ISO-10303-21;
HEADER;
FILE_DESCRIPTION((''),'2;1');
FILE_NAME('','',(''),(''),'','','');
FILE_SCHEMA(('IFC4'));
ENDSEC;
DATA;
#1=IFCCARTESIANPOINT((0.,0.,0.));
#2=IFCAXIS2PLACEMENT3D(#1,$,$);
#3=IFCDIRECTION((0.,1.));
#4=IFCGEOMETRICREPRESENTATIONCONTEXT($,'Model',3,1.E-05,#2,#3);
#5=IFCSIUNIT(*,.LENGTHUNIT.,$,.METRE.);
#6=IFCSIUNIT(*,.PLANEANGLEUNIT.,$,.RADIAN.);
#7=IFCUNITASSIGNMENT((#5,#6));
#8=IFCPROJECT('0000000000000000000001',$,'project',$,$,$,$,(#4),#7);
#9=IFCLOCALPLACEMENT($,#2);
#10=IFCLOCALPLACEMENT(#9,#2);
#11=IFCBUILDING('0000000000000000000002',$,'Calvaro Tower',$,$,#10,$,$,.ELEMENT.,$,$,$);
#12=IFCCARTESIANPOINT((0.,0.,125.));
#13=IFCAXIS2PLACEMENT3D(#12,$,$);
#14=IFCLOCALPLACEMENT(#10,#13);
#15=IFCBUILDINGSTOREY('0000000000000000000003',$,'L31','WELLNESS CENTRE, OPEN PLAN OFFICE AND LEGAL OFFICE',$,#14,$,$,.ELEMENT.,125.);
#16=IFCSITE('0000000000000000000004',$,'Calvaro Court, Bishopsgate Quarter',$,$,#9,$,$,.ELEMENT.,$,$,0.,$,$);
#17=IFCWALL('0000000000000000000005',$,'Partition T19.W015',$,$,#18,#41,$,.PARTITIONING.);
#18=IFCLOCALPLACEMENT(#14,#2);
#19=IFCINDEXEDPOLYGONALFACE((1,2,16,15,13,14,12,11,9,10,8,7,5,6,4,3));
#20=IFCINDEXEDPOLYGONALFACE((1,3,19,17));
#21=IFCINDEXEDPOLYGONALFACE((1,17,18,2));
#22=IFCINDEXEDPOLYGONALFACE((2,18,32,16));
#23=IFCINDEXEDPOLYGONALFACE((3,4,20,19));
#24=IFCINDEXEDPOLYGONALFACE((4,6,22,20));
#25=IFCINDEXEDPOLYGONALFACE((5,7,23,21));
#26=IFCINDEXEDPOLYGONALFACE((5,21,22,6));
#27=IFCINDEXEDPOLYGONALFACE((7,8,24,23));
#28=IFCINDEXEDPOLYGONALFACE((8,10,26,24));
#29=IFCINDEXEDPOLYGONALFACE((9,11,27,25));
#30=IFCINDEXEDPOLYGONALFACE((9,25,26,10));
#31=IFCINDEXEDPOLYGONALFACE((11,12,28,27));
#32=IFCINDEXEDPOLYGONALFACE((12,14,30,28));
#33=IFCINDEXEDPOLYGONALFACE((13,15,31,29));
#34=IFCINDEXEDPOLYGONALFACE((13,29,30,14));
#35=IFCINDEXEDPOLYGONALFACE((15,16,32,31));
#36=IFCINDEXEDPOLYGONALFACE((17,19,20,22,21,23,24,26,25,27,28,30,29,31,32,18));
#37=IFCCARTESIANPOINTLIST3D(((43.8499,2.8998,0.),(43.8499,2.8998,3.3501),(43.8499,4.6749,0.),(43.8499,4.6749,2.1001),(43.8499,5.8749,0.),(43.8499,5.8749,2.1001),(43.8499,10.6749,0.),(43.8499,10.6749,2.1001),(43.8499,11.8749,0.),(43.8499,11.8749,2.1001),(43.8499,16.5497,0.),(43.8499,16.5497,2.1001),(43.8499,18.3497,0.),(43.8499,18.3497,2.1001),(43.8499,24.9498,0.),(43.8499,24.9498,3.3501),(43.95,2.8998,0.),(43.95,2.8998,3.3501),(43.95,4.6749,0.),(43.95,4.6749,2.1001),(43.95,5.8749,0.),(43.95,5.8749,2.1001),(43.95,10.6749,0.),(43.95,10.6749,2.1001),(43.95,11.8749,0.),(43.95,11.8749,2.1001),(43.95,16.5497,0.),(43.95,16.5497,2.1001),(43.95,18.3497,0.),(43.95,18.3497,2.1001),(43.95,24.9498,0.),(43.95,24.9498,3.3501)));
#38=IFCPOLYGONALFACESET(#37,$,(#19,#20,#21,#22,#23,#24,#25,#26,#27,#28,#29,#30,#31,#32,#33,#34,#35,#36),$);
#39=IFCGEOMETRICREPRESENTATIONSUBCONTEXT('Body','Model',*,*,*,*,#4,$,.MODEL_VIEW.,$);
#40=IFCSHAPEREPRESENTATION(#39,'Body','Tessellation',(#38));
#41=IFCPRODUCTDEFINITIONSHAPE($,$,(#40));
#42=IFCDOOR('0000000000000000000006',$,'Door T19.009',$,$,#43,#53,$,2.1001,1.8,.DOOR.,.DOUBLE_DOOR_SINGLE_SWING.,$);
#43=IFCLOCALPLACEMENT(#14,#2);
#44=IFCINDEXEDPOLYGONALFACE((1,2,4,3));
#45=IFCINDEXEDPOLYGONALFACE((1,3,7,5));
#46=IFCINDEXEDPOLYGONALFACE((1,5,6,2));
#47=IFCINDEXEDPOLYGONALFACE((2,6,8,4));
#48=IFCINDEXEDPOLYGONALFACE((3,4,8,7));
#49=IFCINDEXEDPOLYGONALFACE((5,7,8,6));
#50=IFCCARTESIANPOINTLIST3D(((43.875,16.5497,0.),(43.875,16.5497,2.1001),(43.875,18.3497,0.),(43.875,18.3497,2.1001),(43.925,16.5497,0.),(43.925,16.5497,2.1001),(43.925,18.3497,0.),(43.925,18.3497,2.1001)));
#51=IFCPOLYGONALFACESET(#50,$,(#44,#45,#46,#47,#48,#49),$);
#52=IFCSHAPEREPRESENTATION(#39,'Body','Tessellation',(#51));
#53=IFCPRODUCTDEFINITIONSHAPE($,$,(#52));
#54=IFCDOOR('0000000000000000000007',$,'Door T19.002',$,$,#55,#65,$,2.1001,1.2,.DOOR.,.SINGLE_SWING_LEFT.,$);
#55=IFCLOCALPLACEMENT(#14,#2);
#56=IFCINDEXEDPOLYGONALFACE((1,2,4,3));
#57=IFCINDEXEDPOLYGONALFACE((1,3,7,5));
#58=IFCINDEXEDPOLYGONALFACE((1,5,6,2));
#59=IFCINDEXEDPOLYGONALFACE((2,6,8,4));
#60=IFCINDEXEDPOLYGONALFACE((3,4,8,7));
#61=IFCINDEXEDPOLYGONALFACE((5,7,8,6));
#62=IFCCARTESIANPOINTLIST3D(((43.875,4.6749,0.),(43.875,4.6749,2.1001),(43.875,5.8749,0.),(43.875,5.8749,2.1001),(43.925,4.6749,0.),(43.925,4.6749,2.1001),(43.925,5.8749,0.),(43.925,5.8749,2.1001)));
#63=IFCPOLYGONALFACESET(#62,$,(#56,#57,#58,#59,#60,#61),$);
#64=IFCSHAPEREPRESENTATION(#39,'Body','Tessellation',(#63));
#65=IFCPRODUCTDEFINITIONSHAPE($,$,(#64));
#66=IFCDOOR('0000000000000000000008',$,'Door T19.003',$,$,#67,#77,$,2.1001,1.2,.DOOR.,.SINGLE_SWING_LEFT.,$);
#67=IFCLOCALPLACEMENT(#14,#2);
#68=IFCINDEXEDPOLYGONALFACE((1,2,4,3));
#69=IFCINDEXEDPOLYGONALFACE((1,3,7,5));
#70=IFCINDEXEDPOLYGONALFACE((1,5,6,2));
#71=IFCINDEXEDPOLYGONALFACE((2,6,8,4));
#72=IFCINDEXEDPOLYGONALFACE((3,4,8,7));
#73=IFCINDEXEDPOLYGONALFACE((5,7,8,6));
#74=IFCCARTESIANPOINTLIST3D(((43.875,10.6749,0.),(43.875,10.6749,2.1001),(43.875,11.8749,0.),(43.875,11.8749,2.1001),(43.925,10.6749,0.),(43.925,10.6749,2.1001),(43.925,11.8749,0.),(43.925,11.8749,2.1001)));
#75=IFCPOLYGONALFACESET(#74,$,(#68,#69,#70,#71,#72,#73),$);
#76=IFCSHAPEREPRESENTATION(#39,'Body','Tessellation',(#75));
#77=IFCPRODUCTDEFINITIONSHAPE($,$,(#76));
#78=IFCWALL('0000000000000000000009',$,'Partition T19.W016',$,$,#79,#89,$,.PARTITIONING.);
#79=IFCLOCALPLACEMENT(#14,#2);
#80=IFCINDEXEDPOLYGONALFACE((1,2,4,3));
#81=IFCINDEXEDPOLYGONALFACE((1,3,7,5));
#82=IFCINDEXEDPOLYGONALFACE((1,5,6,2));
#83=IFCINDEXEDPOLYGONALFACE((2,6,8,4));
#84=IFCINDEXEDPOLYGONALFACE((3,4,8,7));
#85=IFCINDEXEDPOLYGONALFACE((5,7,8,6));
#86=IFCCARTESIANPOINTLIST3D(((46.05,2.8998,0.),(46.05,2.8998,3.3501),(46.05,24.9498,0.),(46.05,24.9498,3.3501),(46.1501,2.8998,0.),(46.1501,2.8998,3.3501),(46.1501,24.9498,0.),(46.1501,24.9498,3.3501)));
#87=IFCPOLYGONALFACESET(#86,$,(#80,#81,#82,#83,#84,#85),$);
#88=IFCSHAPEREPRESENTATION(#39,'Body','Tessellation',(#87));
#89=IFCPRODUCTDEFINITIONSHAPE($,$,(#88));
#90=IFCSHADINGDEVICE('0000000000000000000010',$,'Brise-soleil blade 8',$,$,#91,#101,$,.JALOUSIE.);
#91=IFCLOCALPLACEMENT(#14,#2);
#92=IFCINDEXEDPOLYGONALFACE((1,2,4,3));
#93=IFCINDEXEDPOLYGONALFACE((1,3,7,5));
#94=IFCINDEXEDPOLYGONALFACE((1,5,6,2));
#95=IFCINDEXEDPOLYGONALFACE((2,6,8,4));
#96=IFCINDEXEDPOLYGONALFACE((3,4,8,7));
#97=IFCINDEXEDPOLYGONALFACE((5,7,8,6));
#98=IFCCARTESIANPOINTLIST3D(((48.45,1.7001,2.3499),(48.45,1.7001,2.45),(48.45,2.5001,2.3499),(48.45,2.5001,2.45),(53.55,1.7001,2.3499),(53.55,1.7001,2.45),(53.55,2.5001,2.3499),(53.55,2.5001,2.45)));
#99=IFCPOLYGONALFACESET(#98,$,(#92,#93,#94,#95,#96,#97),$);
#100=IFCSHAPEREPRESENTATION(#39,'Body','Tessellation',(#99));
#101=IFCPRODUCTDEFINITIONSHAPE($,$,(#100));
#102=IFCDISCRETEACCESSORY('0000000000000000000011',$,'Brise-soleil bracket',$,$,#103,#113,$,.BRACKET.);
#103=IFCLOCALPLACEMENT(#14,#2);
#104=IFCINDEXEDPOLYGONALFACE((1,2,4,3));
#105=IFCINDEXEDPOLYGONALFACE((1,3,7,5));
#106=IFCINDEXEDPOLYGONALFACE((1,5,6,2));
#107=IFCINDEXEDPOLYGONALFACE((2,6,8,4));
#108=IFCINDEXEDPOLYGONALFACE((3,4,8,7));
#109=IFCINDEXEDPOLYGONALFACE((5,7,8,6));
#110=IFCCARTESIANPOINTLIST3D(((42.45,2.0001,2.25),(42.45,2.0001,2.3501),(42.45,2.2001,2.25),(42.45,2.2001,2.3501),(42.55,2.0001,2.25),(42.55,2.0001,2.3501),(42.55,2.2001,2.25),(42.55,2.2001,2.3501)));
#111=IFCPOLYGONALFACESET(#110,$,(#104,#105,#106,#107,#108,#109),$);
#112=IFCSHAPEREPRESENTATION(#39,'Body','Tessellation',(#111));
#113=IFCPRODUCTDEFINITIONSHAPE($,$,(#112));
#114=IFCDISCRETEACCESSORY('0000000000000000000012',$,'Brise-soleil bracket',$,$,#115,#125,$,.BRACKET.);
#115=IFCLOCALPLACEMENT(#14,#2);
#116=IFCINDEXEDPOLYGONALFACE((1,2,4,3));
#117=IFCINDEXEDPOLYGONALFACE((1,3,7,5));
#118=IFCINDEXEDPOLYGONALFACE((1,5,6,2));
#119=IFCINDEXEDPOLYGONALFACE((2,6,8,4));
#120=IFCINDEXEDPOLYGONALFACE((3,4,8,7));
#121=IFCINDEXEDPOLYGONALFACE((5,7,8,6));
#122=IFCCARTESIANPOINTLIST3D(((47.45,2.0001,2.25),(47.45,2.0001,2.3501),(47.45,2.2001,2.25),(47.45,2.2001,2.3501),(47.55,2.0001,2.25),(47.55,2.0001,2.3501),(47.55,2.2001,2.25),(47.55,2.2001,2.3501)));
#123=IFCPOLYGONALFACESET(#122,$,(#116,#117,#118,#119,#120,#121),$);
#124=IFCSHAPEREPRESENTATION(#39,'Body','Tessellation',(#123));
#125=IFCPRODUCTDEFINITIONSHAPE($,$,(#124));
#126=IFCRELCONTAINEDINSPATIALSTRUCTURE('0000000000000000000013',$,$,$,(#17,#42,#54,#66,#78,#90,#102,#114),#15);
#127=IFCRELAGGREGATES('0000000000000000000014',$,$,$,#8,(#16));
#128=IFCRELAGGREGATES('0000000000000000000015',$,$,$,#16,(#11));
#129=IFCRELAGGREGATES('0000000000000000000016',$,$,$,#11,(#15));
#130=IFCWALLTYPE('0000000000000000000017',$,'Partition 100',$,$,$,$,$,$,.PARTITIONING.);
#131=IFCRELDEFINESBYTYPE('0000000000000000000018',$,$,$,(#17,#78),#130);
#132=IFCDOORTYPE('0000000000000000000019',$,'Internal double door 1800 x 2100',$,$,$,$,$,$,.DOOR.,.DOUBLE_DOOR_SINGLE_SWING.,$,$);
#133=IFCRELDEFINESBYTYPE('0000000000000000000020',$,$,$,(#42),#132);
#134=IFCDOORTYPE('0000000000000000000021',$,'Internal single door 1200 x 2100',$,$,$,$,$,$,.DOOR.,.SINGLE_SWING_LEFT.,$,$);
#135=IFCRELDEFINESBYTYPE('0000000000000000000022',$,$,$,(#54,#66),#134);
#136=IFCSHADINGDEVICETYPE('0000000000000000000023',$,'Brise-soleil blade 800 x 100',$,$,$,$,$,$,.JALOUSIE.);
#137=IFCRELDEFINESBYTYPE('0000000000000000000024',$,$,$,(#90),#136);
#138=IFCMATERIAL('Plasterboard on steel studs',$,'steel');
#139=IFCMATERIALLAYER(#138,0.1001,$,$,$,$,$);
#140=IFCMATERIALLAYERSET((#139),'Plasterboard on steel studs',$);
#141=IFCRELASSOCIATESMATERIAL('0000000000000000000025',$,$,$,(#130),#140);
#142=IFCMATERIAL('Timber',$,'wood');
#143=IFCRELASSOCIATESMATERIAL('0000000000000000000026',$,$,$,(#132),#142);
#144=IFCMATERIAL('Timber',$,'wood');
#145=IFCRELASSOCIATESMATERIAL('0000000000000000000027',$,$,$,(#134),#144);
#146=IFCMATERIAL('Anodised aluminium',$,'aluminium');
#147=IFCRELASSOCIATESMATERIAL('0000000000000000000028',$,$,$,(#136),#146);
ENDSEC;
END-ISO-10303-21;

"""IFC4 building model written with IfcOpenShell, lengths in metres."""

from ifc_helpers import new_model, si_unit, direction, frame, frame_2d, origin, origin_2d, place, context, subcontext, project, spatial, rectangle, extrude, material, layer, layer_set, material_profile, profile_set, type_object, element, fill, save


model = new_model("IFC4")

# Units and contexts
model_context = context("Model", 3, precision=1e-05, world=origin(), true_north=direction((0.0, 1.0)))
body_context = subcontext(model_context, "Body", "Model", "MODEL_VIEW")
ifc_project = project(units=[si_unit("LENGTHUNIT", "METRE"), si_unit("PLANEANGLEUNIT", "RADIAN")], contexts=[model_context])

# Site, building, storey
site_placement = place(None, origin())
site = spatial("IfcSite", under=ifc_project, at=site_placement, Name="Calvaro Court, Bishopsgate Quarter", CompositionType="ELEMENT", RefElevation=0.0)
building_placement = place(site_placement, origin())
building = spatial("IfcBuilding", under=site, at=building_placement, Name="Calvaro Tower", CompositionType="ELEMENT")
storey_placement = place(building_placement, frame((0.0, 0.0, 125.0)))
storey = spatial("IfcBuildingStorey", under=building, at=storey_placement, Name="L31", Description="WELLNESS CENTRE, OPEN PLAN OFFICE AND LEGAL OFFICE", CompositionType="ELEMENT", Elevation=125.0)

# Wall, openings, doors
ifc_material_1 = material(Name="Plasterboard on steel studs", Category="steel")
ifc_layer_1 = layer(ifc_material_1, 0.1001)
ifc_layer_set_1 = layer_set([ifc_layer_1], Name="Plasterboard on steel studs")
wall_type = type_object("IfcWallType", Name="Partition 100", PredefinedType="PARTITIONING", material=ifc_layer_set_1)
wall_1_placement = place(storey_placement, frame((43.8999, 2.8999, 0.0), z_axis=(0.0, 0.0, 1.0), x_axis=(0.0, 1.0, 0.0)))
wall_1 = element("IfcWall", 1, at=wall_1_placement, inside=storey, type_object=wall_type, Name="Partition T19.W015", PredefinedType="PARTITIONING", context=body_context, shape_type="SweptSolid", body=[
    extrude(rectangle(XDim=22.05, YDim=0.1001, at=frame_2d((11.0249, 0.0))), origin(), (0.0, 0.0, 1.0), 3.3501),
])
opening_1_placement = place(wall_1_placement, frame((1.7749, 0.0, 0.0)))
opening_1 = element("IfcOpeningElement", 2, at=opening_1_placement, cuts=wall_1, PredefinedType="OPENING", context=body_context, shape_type="SweptSolid", body=[
    extrude(rectangle(XDim=1.2, YDim=2.1001, at=frame_2d((0.6001, 1.05))), frame((0.0, 0.0601, 0.0), z_axis=(0.0, -1.0, 0.0), x_axis=(1.0, 0.0, 0.0)), (0.0, 0.0, 1.0), 0.1201),
])
opening_2_placement = place(wall_1_placement, frame((7.7749, 0.0, 0.0)))
opening_2 = element("IfcOpeningElement", 3, at=opening_2_placement, cuts=wall_1, PredefinedType="OPENING", context=body_context, shape_type="SweptSolid", body=[
    extrude(rectangle(XDim=1.2, YDim=2.1001, at=frame_2d((0.6001, 1.05))), frame((0.0, 0.0601, 0.0), z_axis=(0.0, -1.0, 0.0), x_axis=(1.0, 0.0, 0.0)), (0.0, 0.0, 1.0), 0.1201),
])
opening_3_placement = place(wall_1_placement, frame((13.6499, 0.0, 0.0)))
opening_3 = element("IfcOpeningElement", 4, at=opening_3_placement, cuts=wall_1, PredefinedType="OPENING", context=body_context, shape_type="SweptSolid", body=[
    extrude(rectangle(XDim=1.8, YDim=2.1001, at=frame_2d((0.8999, 1.05))), frame((0.0, 0.0601, 0.0), z_axis=(0.0, -1.0, 0.0), x_axis=(1.0, 0.0, 0.0)), (0.0, 0.0, 1.0), 0.1201),
])
ifc_material_2 = material(Name="Timber", Category="wood")
door_type_1 = type_object("IfcDoorType", Name="Internal double door 1800 x 2100", OperationType="DOUBLE_DOOR_SINGLE_SWING", PredefinedType="DOOR", material=ifc_material_2)
door_1_placement = place(opening_3_placement, origin())
door_1 = element("IfcDoor", 5, at=door_1_placement, inside=storey, type_object=door_type_1, Name="Door T19.009", OperationType="DOUBLE_DOOR_SINGLE_SWING", OverallHeight=2.1001, OverallWidth=1.8, PredefinedType="DOOR", context=body_context, shape_type="SweptSolid", body=[
    extrude(rectangle(XDim=1.8, YDim=2.1001, at=frame_2d((0.8999, 1.05))), frame((0.0, 0.0249, 0.0), z_axis=(0.0, -1.0, 0.0), x_axis=(1.0, 0.0, 0.0)), (0.0, 0.0, 1.0), 0.05),
])
fill(opening_3, door_1)
ifc_material_3 = material(Name="Timber", Category="wood")
door_type_2 = type_object("IfcDoorType", Name="Internal single door 1200 x 2100", OperationType="SINGLE_SWING_LEFT", PredefinedType="DOOR", material=ifc_material_3)
door_2_placement = place(opening_1_placement, origin())
door_2 = element("IfcDoor", 6, at=door_2_placement, inside=storey, type_object=door_type_2, Name="Door T19.002", OperationType="SINGLE_SWING_LEFT", OverallHeight=2.1001, OverallWidth=1.2, PredefinedType="DOOR", context=body_context, shape_type="SweptSolid", body=[
    extrude(rectangle(XDim=1.2, YDim=2.1001, at=frame_2d((0.6001, 1.05))), frame((0.0, 0.0249, 0.0), z_axis=(0.0, -1.0, 0.0), x_axis=(1.0, 0.0, 0.0)), (0.0, 0.0, 1.0), 0.05),
])
fill(opening_1, door_2)
door_3_placement = place(opening_2_placement, origin())
door_3 = element("IfcDoor", 7, at=door_3_placement, inside=storey, type_object=door_type_2, Name="Door T19.003", OperationType="SINGLE_SWING_LEFT", OverallHeight=2.1001, OverallWidth=1.2, PredefinedType="DOOR", context=body_context, shape_type="SweptSolid", body=[
    extrude(rectangle(XDim=1.2, YDim=2.1001, at=frame_2d((0.6001, 1.05))), frame((0.0, 0.0249, 0.0), z_axis=(0.0, -1.0, 0.0), x_axis=(1.0, 0.0, 0.0)), (0.0, 0.0, 1.0), 0.05),
])
fill(opening_2, door_3)

# Wall
wall_2_placement = place(storey_placement, frame((46.1001, 2.8999, 0.0), z_axis=(0.0, 0.0, 1.0), x_axis=(0.0, 1.0, 0.0)))
element("IfcWall", 8, at=wall_2_placement, inside=storey, type_object=wall_type, Name="Partition T19.W016", PredefinedType="PARTITIONING", context=body_context, shape_type="SweptSolid", body=[
    extrude(rectangle(XDim=22.05, YDim=0.1001, at=frame_2d((11.0249, 0.0))), origin(), (0.0, 0.0, 1.0), 3.3501),
])

# Shading device
ifc_material_4 = material(Name="Anodised aluminium", Category="aluminium")
ifc_material_profile_1 = material_profile(ifc_material_4, rectangle(XDim=0.8, YDim=0.1001, at=origin_2d()), Name="Brise-soleil blade 800 x 100")
ifc_profile_set_1 = profile_set([ifc_material_profile_1], Name="Anodised aluminium")
shading_device_type = type_object("IfcShadingDeviceType", Name="Brise-soleil blade 800 x 100", PredefinedType="JALOUSIE", material=ifc_profile_set_1)
shading_device_placement = place(storey_placement, frame((48.45, 2.1001, 2.3999), z_axis=(1.0, 0.0, 0.0), x_axis=(0.0, 1.0, 0.0)))
element("IfcShadingDevice", 9, at=shading_device_placement, inside=storey, type_object=shading_device_type, Name="Brise-soleil blade 8", PredefinedType="JALOUSIE", context=body_context, shape_type="SweptSolid", body=[
    extrude(rectangle(XDim=0.8, YDim=0.1001, at=origin_2d()), origin(), (0.0, 0.0, 1.0), 5.1001),
])

# Discrete accessories
for number, where, z_axis, x_axis, name in (
    (10, (42.5, 2.1001, 2.25), (0.0, 0.0, 1.0), (1.0, 0.0, 0.0), "Brise-soleil bracket"),
    (11, (47.5, 2.1001, 2.25), (0.0, 0.0, 1.0), (1.0, 0.0, 0.0), "Brise-soleil bracket"),
):
    element("IfcDiscreteAccessory", number, at=place(storey_placement, frame(where, z_axis=z_axis, x_axis=x_axis)), inside=storey, Name=name, PredefinedType="BRACKET", context=body_context, shape_type="SweptSolid", body=[
        extrude(rectangle(XDim=0.1001, YDim=0.2, at=origin_2d()), origin(), (0.0, 0.0, 1.0), 0.1001),
    ])

save(model, "model.ifc")
